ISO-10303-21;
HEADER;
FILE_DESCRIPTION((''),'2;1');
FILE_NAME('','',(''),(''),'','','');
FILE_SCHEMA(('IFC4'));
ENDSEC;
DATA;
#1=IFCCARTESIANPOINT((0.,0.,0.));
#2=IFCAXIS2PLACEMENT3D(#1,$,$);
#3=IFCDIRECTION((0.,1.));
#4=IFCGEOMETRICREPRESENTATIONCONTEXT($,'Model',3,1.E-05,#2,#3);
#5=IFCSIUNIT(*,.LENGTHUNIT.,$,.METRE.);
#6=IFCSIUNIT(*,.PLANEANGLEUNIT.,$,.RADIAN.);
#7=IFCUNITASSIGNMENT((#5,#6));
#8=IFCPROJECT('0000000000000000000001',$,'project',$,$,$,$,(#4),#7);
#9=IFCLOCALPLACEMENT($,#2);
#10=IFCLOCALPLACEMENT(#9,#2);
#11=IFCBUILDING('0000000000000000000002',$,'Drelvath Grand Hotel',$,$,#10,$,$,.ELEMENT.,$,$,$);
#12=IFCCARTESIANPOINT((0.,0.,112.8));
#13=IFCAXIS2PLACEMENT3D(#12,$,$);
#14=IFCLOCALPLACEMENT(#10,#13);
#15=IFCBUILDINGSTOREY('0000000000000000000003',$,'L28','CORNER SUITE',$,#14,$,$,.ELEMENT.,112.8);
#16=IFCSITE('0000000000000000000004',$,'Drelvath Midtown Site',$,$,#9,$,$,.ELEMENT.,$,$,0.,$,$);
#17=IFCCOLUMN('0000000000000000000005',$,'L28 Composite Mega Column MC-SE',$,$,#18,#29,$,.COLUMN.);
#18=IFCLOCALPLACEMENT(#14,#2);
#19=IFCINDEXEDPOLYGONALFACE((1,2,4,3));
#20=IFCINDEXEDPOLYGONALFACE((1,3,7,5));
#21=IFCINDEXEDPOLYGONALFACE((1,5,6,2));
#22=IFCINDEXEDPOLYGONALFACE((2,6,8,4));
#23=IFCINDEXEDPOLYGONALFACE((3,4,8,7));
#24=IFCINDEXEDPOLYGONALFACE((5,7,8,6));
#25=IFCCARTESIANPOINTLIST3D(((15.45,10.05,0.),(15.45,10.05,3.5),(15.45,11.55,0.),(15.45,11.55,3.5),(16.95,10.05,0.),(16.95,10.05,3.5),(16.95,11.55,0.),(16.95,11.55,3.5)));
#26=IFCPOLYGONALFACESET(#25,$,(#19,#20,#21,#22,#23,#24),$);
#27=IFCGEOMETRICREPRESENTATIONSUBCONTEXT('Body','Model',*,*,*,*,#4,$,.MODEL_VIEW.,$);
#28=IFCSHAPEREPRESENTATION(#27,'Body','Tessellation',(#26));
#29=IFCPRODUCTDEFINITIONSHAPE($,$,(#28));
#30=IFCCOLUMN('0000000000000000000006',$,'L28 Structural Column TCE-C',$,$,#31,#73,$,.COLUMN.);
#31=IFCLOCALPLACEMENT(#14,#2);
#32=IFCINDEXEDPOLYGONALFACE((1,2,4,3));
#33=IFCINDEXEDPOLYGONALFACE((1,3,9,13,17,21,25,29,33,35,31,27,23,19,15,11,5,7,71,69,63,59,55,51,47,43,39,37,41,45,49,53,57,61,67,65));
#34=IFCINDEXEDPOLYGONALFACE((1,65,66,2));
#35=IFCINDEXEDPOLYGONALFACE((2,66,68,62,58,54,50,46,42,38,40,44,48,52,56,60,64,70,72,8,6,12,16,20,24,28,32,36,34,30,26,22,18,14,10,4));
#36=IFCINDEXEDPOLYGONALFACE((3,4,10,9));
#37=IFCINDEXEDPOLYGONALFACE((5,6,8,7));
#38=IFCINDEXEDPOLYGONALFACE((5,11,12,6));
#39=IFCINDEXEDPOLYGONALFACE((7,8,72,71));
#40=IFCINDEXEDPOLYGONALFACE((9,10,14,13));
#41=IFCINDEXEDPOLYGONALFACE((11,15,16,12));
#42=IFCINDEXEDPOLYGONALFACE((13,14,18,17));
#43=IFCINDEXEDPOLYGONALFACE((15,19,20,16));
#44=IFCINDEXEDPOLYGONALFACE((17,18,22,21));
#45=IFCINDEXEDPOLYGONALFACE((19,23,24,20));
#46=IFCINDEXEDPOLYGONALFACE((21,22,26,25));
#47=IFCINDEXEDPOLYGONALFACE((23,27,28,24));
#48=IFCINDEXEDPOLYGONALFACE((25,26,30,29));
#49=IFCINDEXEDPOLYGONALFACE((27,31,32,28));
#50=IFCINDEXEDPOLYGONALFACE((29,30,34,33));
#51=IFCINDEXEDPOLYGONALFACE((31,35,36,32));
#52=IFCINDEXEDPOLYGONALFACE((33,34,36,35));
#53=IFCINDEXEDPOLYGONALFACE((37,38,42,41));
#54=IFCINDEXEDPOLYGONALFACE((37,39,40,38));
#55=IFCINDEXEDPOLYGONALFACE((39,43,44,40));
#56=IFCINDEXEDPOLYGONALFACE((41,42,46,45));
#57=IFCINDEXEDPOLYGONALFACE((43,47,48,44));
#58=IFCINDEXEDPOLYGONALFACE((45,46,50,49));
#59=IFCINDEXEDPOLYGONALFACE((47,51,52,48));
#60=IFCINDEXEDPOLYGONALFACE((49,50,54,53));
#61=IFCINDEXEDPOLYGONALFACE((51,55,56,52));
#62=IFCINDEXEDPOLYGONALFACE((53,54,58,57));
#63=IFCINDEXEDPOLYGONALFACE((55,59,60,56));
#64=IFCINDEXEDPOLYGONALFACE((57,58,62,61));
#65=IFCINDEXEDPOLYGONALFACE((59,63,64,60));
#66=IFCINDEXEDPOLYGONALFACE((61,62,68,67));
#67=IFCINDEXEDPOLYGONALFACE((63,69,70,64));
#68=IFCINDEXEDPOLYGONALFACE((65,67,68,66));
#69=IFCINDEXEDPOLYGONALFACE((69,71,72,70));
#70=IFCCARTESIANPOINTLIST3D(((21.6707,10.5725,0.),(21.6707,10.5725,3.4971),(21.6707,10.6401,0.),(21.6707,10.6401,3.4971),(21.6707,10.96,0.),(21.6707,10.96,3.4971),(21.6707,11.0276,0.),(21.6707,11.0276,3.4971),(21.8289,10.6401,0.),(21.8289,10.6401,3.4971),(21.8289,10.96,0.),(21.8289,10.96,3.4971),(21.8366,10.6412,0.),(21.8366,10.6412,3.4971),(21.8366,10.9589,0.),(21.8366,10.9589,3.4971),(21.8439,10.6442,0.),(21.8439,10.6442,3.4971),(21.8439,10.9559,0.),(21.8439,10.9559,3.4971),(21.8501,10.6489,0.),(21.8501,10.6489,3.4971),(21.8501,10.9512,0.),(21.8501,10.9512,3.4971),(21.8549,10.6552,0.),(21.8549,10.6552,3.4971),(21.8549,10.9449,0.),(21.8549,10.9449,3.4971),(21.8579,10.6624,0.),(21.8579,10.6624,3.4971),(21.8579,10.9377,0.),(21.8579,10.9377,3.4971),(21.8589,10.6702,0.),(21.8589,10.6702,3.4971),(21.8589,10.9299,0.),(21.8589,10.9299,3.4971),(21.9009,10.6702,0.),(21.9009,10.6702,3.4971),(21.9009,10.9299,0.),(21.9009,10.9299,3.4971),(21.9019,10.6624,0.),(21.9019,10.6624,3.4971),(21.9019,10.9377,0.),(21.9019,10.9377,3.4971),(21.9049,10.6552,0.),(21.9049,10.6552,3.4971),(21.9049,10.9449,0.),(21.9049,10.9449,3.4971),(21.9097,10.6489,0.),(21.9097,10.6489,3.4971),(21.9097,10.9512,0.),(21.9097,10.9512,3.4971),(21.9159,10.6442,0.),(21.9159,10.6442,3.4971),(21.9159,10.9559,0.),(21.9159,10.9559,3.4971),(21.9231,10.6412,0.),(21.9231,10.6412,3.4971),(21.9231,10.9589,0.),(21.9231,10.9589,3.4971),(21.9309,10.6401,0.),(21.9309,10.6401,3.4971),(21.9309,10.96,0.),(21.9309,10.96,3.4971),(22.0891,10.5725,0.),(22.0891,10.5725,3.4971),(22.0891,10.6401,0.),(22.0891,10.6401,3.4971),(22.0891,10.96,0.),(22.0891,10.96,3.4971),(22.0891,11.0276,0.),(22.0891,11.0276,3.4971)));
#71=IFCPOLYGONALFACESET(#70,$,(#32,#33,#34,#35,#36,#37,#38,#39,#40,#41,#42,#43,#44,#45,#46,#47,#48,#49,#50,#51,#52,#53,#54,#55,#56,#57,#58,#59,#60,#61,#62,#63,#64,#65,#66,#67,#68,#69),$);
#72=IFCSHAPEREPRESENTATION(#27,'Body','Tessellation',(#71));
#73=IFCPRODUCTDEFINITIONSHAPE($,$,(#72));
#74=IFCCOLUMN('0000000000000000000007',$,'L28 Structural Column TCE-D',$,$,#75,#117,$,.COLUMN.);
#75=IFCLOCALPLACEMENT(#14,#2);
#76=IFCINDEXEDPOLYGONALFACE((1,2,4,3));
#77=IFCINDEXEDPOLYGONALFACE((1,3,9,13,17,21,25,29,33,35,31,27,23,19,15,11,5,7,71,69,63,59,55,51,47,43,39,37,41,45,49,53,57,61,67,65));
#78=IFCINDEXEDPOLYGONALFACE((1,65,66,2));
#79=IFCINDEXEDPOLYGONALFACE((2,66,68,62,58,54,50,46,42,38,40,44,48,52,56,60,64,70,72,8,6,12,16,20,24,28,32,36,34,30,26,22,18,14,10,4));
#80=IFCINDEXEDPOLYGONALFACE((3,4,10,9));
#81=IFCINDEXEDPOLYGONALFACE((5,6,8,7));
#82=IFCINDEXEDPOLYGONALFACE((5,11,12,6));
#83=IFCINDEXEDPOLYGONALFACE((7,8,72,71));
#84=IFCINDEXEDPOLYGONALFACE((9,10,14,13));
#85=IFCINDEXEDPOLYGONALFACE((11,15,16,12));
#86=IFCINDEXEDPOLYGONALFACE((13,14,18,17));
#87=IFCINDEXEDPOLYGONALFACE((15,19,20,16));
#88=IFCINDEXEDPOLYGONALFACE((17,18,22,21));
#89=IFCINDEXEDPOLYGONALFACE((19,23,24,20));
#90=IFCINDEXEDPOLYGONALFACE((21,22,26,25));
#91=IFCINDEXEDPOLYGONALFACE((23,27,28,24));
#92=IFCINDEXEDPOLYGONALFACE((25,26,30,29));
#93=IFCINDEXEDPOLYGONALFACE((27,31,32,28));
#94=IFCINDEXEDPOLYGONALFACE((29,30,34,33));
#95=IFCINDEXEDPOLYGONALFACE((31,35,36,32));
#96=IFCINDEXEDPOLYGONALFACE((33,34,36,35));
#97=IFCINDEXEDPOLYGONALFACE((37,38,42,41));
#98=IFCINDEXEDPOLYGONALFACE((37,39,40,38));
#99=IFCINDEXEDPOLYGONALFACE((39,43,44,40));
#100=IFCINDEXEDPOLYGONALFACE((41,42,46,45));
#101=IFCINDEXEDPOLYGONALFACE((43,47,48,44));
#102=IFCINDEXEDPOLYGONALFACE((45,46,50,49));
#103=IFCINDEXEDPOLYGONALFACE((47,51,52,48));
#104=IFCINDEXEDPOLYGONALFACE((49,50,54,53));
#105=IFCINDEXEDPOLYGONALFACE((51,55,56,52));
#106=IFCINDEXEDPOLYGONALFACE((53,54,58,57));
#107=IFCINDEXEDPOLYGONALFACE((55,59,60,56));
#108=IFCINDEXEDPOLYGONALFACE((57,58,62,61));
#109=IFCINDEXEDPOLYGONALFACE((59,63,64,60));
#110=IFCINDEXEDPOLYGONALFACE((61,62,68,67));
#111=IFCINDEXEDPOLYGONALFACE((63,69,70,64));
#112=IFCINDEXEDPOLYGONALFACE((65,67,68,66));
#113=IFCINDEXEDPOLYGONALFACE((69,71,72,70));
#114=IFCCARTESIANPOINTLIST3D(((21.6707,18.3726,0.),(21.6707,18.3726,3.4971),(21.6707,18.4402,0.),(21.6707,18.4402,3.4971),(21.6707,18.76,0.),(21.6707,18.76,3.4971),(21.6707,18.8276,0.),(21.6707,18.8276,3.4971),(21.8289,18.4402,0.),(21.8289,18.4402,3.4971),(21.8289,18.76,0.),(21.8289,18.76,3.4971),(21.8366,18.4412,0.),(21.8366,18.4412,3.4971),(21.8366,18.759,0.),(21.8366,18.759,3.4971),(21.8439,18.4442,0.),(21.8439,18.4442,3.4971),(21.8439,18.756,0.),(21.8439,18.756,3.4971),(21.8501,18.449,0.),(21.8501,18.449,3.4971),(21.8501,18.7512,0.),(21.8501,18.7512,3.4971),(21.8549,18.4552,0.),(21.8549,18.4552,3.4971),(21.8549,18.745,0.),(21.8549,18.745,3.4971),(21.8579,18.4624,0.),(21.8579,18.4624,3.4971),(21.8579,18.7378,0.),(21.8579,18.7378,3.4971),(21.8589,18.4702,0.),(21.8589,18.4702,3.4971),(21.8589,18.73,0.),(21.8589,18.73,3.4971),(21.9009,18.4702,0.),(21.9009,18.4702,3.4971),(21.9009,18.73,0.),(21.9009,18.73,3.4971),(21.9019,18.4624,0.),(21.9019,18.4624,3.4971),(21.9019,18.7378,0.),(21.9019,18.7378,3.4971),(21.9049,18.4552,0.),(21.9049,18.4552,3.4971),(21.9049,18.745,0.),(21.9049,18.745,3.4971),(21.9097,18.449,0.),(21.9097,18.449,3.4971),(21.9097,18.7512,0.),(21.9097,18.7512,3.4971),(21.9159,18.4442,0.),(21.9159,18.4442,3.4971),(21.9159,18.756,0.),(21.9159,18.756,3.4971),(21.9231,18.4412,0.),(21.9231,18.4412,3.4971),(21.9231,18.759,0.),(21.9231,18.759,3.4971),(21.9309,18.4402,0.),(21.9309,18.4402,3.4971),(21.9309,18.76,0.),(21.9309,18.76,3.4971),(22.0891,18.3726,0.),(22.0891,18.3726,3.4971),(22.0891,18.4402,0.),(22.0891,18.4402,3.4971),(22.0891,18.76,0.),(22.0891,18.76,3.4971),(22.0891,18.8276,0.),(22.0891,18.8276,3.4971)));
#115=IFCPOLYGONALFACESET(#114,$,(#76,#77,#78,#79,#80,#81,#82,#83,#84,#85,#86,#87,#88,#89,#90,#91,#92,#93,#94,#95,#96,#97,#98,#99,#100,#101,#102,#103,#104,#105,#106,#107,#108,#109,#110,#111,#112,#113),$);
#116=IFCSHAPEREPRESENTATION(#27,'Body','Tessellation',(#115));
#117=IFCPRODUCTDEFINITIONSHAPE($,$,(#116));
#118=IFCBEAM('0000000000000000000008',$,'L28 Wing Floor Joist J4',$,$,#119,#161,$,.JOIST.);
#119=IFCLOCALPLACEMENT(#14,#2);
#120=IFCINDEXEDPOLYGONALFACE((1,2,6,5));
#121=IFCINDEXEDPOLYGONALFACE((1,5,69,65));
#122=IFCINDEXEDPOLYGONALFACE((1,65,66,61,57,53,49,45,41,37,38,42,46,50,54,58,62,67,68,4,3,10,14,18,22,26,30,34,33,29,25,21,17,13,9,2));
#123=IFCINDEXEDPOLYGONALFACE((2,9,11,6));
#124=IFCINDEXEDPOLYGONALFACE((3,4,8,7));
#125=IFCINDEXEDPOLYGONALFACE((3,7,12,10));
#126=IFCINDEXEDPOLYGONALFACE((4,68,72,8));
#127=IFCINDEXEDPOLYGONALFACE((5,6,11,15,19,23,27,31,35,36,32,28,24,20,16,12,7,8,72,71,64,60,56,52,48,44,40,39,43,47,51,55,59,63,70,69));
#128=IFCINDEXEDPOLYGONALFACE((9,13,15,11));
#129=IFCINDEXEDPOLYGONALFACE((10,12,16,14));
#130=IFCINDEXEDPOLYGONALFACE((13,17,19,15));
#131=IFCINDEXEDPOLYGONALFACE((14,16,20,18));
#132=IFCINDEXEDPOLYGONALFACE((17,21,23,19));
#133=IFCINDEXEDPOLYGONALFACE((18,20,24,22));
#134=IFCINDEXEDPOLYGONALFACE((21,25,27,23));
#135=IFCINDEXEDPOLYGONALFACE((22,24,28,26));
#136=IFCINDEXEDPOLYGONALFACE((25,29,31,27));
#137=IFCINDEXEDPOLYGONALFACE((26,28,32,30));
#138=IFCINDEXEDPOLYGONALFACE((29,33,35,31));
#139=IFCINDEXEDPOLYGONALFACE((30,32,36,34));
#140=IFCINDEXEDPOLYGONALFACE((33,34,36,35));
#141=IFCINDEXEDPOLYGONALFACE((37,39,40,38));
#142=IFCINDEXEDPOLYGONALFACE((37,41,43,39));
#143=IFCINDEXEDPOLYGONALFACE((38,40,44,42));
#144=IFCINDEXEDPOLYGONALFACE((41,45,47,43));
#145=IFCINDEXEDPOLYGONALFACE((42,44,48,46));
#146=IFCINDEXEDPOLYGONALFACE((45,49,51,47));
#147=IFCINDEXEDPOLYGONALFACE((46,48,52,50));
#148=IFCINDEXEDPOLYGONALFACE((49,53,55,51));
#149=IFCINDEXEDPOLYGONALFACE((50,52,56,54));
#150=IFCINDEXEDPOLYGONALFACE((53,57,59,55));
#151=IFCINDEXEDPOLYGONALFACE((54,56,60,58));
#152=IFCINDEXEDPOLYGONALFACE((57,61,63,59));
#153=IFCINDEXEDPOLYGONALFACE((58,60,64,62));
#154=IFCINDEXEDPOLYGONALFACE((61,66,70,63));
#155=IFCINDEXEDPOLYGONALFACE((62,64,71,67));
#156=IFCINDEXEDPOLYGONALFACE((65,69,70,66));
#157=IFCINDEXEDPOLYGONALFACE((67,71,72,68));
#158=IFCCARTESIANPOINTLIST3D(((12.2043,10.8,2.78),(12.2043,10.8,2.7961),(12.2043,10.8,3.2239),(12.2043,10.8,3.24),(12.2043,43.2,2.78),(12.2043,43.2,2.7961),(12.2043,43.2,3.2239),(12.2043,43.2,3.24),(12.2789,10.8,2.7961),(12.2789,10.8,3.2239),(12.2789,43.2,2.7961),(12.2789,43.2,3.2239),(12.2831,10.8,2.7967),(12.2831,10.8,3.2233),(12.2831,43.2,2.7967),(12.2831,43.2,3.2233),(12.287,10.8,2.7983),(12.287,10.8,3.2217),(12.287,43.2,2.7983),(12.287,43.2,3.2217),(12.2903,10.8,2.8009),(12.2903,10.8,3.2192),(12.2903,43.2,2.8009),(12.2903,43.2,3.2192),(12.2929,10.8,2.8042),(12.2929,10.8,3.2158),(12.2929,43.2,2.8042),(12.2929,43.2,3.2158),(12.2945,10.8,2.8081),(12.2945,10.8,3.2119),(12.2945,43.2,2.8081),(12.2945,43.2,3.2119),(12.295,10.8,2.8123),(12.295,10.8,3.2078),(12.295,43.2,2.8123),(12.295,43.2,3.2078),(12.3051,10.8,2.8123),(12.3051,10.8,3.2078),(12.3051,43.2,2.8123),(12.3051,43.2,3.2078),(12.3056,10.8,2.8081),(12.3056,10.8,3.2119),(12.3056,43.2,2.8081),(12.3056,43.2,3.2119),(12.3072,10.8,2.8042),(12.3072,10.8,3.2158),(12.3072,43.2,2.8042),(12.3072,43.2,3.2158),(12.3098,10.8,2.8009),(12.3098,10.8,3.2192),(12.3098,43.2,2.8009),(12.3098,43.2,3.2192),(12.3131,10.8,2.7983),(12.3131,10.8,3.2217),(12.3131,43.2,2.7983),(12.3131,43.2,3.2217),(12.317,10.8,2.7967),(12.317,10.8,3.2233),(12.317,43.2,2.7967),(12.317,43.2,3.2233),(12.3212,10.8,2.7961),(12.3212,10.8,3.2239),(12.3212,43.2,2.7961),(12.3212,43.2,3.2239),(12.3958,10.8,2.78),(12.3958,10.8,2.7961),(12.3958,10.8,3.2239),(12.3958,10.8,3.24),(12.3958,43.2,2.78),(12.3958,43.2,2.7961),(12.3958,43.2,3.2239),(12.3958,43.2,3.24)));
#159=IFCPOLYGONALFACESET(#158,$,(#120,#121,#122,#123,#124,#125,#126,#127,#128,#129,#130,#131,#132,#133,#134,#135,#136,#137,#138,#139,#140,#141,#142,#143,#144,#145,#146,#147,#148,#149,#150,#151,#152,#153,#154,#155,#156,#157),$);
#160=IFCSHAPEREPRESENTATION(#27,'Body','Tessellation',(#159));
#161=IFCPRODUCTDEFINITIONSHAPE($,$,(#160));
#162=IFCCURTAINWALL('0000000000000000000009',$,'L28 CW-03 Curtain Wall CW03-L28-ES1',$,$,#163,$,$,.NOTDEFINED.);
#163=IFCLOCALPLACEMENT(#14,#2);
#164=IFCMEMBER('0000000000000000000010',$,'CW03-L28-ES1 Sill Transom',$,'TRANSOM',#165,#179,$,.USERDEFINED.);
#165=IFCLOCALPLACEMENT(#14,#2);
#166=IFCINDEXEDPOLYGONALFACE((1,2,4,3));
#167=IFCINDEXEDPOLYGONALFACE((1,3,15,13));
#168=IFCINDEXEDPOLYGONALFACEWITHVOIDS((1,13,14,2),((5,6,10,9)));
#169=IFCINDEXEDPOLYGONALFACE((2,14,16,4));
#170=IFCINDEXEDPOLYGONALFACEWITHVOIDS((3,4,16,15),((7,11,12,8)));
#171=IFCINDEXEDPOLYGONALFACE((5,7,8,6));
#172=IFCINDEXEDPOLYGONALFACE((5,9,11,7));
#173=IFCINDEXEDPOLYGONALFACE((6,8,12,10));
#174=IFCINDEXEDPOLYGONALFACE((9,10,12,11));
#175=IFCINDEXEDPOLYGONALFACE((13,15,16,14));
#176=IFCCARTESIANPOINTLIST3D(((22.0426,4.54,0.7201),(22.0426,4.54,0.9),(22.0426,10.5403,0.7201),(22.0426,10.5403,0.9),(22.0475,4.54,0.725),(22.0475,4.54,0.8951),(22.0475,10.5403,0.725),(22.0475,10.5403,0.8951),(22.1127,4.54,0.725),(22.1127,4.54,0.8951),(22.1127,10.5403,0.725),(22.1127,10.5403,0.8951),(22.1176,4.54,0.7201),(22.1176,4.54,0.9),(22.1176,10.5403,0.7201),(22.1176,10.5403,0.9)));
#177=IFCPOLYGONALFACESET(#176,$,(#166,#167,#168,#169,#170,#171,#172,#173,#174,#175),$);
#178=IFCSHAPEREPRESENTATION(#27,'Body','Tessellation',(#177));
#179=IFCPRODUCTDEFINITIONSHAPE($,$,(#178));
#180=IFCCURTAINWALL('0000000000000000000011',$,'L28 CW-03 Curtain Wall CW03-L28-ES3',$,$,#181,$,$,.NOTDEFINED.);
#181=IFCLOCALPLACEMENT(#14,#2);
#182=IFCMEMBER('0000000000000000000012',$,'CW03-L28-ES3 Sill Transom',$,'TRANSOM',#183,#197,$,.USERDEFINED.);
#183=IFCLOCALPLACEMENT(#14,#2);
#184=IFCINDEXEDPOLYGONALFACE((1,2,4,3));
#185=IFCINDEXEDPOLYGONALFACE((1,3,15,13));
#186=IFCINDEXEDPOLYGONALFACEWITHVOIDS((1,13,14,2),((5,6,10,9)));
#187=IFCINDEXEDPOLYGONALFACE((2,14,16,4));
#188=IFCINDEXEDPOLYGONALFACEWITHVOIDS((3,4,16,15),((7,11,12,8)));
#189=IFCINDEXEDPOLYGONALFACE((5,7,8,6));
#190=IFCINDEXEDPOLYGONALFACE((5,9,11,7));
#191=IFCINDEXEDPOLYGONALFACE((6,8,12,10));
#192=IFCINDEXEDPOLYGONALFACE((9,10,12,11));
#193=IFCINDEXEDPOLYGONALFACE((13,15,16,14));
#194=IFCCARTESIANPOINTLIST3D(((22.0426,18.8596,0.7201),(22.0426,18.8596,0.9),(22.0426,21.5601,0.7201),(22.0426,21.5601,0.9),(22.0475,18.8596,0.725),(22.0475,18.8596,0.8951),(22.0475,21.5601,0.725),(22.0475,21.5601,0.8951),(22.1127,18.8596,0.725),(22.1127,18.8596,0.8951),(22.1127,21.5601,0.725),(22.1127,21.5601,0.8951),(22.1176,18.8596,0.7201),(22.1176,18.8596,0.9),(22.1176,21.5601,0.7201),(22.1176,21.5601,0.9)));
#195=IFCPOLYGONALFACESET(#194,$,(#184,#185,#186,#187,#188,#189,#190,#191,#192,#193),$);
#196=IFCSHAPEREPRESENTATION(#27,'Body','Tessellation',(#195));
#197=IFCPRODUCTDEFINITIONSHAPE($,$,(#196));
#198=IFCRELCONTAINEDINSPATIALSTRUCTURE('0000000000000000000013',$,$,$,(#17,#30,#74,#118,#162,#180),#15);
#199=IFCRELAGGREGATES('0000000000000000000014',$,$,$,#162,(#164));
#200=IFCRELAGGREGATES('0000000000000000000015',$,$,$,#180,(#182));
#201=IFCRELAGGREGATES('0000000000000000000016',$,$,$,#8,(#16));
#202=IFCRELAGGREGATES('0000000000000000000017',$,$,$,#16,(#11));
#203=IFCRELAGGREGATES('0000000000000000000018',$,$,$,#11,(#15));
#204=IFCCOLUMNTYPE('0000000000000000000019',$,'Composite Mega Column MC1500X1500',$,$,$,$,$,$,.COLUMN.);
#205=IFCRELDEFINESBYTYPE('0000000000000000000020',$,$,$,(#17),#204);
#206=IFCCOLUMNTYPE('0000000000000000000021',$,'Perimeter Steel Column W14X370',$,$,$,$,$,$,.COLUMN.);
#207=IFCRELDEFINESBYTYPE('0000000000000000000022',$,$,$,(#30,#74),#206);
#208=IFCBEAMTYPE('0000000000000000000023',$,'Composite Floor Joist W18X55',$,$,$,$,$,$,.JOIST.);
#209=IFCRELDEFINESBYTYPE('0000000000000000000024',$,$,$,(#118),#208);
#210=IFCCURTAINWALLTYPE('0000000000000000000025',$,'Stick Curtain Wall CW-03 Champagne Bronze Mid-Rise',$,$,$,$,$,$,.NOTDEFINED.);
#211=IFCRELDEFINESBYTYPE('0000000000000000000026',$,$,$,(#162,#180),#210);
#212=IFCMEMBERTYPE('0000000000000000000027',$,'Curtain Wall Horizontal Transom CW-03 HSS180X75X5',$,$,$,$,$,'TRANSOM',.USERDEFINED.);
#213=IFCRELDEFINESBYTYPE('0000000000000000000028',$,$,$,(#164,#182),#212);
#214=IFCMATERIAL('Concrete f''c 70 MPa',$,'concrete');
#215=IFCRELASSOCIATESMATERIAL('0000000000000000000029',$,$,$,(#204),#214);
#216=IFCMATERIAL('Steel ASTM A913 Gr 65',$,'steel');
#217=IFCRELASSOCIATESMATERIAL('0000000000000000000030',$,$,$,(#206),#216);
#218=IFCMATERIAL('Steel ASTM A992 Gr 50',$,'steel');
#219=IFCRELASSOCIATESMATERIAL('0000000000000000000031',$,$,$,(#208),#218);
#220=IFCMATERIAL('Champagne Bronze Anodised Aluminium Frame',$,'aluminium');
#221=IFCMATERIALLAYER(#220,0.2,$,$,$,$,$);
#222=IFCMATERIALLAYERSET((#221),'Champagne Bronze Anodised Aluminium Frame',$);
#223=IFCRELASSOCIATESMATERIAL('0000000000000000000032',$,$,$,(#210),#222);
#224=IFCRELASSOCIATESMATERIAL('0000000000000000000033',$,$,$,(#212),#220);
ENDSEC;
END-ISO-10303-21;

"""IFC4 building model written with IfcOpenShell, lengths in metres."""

from ifc_helpers import new_model, si_unit, direction, frame, origin, origin_2d, place, context, subcontext, project, spatial, rectangle, hollow_rectangle, i_section, extrude, material, layer, layer_set, material_profile, profile_set, type_object, element, aggregate, save


model = new_model("IFC4")

# Units and contexts
model_context = context("Model", 3, precision=1e-05, world=origin(), true_north=direction((0.0, 1.0)))
body_context = subcontext(model_context, "Body", "Model", "MODEL_VIEW")
ifc_project = project(units=[si_unit("LENGTHUNIT", "METRE"), si_unit("PLANEANGLEUNIT", "RADIAN")], contexts=[model_context])

# Site, building, storey
site_placement = place(None, origin())
site = spatial("IfcSite", under=ifc_project, at=site_placement, Name="Drelvath Midtown Site", CompositionType="ELEMENT", RefElevation=0.0)
building_placement = place(site_placement, origin())
building = spatial("IfcBuilding", under=site, at=building_placement, Name="Drelvath Grand Hotel", CompositionType="ELEMENT")
storey_placement = place(building_placement, frame((0.0, 0.0, 112.8)))
storey = spatial("IfcBuildingStorey", under=building, at=storey_placement, Name="L28", Description="CORNER SUITE", CompositionType="ELEMENT", Elevation=112.8)

# Columns
ifc_material_1 = material(Name="Concrete f'c 70 MPa", Category="concrete")
ifc_material_profile_1 = material_profile(ifc_material_1, rectangle(XDim=1.5, YDim=1.5, at=origin_2d()), Name="MC1500X1500")
ifc_profile_set_1 = profile_set([ifc_material_profile_1], Name="Concrete f'c 70 MPa")
column_type_1 = type_object("IfcColumnType", Name="Composite Mega Column MC1500X1500", PredefinedType="COLUMN", material=ifc_profile_set_1)
column_placement = place(storey_placement, frame((16.2, 10.8, 0.0), z_axis=(0.0, 0.0, 1.0), x_axis=(1.0, 0.0, 0.0)))
element("IfcColumn", 1, at=column_placement, inside=storey, type_object=column_type_1, Name="L28 Composite Mega Column MC-SE", PredefinedType="COLUMN", context=body_context, shape_type="SweptSolid", body=[
    extrude(rectangle(XDim=1.5, YDim=1.5, at=origin_2d()), origin(), (0.0, 0.0, 1.0), 3.5),
])
ifc_material_2 = material(Name="Steel ASTM A913 Gr 65", Category="steel")
ifc_material_profile_2 = material_profile(ifc_material_2, i_section(OverallWidth=0.4185, OverallDepth=0.4551, WebThickness=0.042, FlangeThickness=0.0676, FilletRadius=0.03, at=origin_2d()), Name="W14X370")
ifc_profile_set_2 = profile_set([ifc_material_profile_2], Name="Steel ASTM A913 Gr 65")
column_type_2 = type_object("IfcColumnType", Name="Perimeter Steel Column W14X370", PredefinedType="COLUMN", material=ifc_profile_set_2)
for number, where, z_axis, x_axis, name in (
    (2, (21.8799, 10.8, 0.0), (0.0, 0.0, 1.0), (1.0, 0.0, 0.0), "L28 Structural Column TCE-C"),
    (3, (21.8799, 18.6001, 0.0), (0.0, 0.0, 1.0), (1.0, 0.0, 0.0), "L28 Structural Column TCE-D"),
):
    element("IfcColumn", number, at=place(storey_placement, frame(where, z_axis=z_axis, x_axis=x_axis)), inside=storey, type_object=column_type_2, Name=name, PredefinedType="COLUMN", context=body_context, shape_type="SweptSolid", body=[
        extrude(i_section(OverallWidth=0.4185, OverallDepth=0.4551, WebThickness=0.042, FlangeThickness=0.0676, FilletRadius=0.03, at=origin_2d()), origin(), (0.0, 0.0, 1.0), 3.4971),
    ])

# Beam
ifc_material_3 = material(Name="Steel ASTM A992 Gr 50", Category="steel")
ifc_material_profile_3 = material_profile(ifc_material_3, i_section(OverallWidth=0.1914, OverallDepth=0.46, WebThickness=0.01, FlangeThickness=0.0161, FilletRadius=0.0161, at=origin_2d()), Name="W18X55")
ifc_profile_set_3 = profile_set([ifc_material_profile_3], Name="Steel ASTM A992 Gr 50")
beam_type_1 = type_object("IfcBeamType", Name="Composite Floor Joist W18X55", PredefinedType="JOIST", material=ifc_profile_set_3)
beam_1_placement = place(storey_placement, frame((12.3, 10.8, 3.01), z_axis=(0.0, 1.0, 0.0), x_axis=(-1.0, 0.0, 0.0)))
element("IfcBeam", 4, at=beam_1_placement, inside=storey, type_object=beam_type_1, Name="L28 Wing Floor Joist J4", PredefinedType="JOIST", context=body_context, shape_type="SweptSolid", body=[
    extrude(i_section(OverallWidth=0.1914, OverallDepth=0.46, WebThickness=0.01, FlangeThickness=0.0161, FilletRadius=0.0161, at=origin_2d()), origin(), (0.0, 0.0, 1.0), 32.3999),
])

# Curtain walls, members
ifc_material_4 = material(Name="Champagne Bronze Anodised Aluminium Frame", Category="aluminium")
ifc_layer_1 = layer(ifc_material_4, 0.2)
ifc_layer_set_1 = layer_set([ifc_layer_1], Name="Champagne Bronze Anodised Aluminium Frame")
curtain_wall_type = type_object("IfcCurtainWallType", Name="Stick Curtain Wall CW-03 Champagne Bronze Mid-Rise", PredefinedType="NOTDEFINED", material=ifc_layer_set_1)
curtain_wall_1_placement = place(storey_placement, origin())
curtain_wall_1 = element("IfcCurtainWall", 5, at=curtain_wall_1_placement, inside=storey, type_object=curtain_wall_type, Name="L28 CW-03 Curtain Wall CW03-L28-ES1", PredefinedType="NOTDEFINED")
ifc_material_profile_4 = material_profile(ifc_material_4, hollow_rectangle(XDim=0.075, YDim=0.1799, WallThickness=0.0049, at=origin_2d()), Name="HSS180X75X5")
ifc_profile_set_4 = profile_set([ifc_material_profile_4], Name="Champagne Bronze Anodised Aluminium Frame")
member_type_1 = type_object("IfcMemberType", Name="Curtain Wall Horizontal Transom CW-03 HSS180X75X5", ElementType="TRANSOM", PredefinedType="USERDEFINED", material=ifc_profile_set_4)
member_1_placement = place(storey_placement, frame((22.0801, 10.5403, 0.8101), z_axis=(0.0, -1.0, 0.0), x_axis=(1.0, 0.0, 0.0)))
member_1 = element("IfcMember", 6, at=member_1_placement, type_object=member_type_1, Name="CW03-L28-ES1 Sill Transom", ObjectType="TRANSOM", PredefinedType="USERDEFINED", context=body_context, shape_type="SweptSolid", body=[
    extrude(hollow_rectangle(XDim=0.075, YDim=0.1799, WallThickness=0.0049, at=origin_2d()), origin(), (0.0, 0.0, 1.0), 6.0002),
])
curtain_wall_2_placement = place(storey_placement, origin())
curtain_wall_2 = element("IfcCurtainWall", 7, at=curtain_wall_2_placement, inside=storey, type_object=curtain_wall_type, Name="L28 CW-03 Curtain Wall CW03-L28-ES3", PredefinedType="NOTDEFINED")
member_2_placement = place(storey_placement, frame((22.0801, 21.5601, 0.8101), z_axis=(0.0, -1.0, 0.0), x_axis=(1.0, 0.0, 0.0)))
member_2 = element("IfcMember", 8, at=member_2_placement, type_object=member_type_1, Name="CW03-L28-ES3 Sill Transom", ObjectType="TRANSOM", PredefinedType="USERDEFINED", context=body_context, shape_type="SweptSolid", body=[
    extrude(hollow_rectangle(XDim=0.075, YDim=0.1799, WallThickness=0.0049, at=origin_2d()), origin(), (0.0, 0.0, 1.0), 2.7004),
])

aggregate(curtain_wall_1, [member_1])

aggregate(curtain_wall_2, [member_2])

save(model, "model.ifc")
